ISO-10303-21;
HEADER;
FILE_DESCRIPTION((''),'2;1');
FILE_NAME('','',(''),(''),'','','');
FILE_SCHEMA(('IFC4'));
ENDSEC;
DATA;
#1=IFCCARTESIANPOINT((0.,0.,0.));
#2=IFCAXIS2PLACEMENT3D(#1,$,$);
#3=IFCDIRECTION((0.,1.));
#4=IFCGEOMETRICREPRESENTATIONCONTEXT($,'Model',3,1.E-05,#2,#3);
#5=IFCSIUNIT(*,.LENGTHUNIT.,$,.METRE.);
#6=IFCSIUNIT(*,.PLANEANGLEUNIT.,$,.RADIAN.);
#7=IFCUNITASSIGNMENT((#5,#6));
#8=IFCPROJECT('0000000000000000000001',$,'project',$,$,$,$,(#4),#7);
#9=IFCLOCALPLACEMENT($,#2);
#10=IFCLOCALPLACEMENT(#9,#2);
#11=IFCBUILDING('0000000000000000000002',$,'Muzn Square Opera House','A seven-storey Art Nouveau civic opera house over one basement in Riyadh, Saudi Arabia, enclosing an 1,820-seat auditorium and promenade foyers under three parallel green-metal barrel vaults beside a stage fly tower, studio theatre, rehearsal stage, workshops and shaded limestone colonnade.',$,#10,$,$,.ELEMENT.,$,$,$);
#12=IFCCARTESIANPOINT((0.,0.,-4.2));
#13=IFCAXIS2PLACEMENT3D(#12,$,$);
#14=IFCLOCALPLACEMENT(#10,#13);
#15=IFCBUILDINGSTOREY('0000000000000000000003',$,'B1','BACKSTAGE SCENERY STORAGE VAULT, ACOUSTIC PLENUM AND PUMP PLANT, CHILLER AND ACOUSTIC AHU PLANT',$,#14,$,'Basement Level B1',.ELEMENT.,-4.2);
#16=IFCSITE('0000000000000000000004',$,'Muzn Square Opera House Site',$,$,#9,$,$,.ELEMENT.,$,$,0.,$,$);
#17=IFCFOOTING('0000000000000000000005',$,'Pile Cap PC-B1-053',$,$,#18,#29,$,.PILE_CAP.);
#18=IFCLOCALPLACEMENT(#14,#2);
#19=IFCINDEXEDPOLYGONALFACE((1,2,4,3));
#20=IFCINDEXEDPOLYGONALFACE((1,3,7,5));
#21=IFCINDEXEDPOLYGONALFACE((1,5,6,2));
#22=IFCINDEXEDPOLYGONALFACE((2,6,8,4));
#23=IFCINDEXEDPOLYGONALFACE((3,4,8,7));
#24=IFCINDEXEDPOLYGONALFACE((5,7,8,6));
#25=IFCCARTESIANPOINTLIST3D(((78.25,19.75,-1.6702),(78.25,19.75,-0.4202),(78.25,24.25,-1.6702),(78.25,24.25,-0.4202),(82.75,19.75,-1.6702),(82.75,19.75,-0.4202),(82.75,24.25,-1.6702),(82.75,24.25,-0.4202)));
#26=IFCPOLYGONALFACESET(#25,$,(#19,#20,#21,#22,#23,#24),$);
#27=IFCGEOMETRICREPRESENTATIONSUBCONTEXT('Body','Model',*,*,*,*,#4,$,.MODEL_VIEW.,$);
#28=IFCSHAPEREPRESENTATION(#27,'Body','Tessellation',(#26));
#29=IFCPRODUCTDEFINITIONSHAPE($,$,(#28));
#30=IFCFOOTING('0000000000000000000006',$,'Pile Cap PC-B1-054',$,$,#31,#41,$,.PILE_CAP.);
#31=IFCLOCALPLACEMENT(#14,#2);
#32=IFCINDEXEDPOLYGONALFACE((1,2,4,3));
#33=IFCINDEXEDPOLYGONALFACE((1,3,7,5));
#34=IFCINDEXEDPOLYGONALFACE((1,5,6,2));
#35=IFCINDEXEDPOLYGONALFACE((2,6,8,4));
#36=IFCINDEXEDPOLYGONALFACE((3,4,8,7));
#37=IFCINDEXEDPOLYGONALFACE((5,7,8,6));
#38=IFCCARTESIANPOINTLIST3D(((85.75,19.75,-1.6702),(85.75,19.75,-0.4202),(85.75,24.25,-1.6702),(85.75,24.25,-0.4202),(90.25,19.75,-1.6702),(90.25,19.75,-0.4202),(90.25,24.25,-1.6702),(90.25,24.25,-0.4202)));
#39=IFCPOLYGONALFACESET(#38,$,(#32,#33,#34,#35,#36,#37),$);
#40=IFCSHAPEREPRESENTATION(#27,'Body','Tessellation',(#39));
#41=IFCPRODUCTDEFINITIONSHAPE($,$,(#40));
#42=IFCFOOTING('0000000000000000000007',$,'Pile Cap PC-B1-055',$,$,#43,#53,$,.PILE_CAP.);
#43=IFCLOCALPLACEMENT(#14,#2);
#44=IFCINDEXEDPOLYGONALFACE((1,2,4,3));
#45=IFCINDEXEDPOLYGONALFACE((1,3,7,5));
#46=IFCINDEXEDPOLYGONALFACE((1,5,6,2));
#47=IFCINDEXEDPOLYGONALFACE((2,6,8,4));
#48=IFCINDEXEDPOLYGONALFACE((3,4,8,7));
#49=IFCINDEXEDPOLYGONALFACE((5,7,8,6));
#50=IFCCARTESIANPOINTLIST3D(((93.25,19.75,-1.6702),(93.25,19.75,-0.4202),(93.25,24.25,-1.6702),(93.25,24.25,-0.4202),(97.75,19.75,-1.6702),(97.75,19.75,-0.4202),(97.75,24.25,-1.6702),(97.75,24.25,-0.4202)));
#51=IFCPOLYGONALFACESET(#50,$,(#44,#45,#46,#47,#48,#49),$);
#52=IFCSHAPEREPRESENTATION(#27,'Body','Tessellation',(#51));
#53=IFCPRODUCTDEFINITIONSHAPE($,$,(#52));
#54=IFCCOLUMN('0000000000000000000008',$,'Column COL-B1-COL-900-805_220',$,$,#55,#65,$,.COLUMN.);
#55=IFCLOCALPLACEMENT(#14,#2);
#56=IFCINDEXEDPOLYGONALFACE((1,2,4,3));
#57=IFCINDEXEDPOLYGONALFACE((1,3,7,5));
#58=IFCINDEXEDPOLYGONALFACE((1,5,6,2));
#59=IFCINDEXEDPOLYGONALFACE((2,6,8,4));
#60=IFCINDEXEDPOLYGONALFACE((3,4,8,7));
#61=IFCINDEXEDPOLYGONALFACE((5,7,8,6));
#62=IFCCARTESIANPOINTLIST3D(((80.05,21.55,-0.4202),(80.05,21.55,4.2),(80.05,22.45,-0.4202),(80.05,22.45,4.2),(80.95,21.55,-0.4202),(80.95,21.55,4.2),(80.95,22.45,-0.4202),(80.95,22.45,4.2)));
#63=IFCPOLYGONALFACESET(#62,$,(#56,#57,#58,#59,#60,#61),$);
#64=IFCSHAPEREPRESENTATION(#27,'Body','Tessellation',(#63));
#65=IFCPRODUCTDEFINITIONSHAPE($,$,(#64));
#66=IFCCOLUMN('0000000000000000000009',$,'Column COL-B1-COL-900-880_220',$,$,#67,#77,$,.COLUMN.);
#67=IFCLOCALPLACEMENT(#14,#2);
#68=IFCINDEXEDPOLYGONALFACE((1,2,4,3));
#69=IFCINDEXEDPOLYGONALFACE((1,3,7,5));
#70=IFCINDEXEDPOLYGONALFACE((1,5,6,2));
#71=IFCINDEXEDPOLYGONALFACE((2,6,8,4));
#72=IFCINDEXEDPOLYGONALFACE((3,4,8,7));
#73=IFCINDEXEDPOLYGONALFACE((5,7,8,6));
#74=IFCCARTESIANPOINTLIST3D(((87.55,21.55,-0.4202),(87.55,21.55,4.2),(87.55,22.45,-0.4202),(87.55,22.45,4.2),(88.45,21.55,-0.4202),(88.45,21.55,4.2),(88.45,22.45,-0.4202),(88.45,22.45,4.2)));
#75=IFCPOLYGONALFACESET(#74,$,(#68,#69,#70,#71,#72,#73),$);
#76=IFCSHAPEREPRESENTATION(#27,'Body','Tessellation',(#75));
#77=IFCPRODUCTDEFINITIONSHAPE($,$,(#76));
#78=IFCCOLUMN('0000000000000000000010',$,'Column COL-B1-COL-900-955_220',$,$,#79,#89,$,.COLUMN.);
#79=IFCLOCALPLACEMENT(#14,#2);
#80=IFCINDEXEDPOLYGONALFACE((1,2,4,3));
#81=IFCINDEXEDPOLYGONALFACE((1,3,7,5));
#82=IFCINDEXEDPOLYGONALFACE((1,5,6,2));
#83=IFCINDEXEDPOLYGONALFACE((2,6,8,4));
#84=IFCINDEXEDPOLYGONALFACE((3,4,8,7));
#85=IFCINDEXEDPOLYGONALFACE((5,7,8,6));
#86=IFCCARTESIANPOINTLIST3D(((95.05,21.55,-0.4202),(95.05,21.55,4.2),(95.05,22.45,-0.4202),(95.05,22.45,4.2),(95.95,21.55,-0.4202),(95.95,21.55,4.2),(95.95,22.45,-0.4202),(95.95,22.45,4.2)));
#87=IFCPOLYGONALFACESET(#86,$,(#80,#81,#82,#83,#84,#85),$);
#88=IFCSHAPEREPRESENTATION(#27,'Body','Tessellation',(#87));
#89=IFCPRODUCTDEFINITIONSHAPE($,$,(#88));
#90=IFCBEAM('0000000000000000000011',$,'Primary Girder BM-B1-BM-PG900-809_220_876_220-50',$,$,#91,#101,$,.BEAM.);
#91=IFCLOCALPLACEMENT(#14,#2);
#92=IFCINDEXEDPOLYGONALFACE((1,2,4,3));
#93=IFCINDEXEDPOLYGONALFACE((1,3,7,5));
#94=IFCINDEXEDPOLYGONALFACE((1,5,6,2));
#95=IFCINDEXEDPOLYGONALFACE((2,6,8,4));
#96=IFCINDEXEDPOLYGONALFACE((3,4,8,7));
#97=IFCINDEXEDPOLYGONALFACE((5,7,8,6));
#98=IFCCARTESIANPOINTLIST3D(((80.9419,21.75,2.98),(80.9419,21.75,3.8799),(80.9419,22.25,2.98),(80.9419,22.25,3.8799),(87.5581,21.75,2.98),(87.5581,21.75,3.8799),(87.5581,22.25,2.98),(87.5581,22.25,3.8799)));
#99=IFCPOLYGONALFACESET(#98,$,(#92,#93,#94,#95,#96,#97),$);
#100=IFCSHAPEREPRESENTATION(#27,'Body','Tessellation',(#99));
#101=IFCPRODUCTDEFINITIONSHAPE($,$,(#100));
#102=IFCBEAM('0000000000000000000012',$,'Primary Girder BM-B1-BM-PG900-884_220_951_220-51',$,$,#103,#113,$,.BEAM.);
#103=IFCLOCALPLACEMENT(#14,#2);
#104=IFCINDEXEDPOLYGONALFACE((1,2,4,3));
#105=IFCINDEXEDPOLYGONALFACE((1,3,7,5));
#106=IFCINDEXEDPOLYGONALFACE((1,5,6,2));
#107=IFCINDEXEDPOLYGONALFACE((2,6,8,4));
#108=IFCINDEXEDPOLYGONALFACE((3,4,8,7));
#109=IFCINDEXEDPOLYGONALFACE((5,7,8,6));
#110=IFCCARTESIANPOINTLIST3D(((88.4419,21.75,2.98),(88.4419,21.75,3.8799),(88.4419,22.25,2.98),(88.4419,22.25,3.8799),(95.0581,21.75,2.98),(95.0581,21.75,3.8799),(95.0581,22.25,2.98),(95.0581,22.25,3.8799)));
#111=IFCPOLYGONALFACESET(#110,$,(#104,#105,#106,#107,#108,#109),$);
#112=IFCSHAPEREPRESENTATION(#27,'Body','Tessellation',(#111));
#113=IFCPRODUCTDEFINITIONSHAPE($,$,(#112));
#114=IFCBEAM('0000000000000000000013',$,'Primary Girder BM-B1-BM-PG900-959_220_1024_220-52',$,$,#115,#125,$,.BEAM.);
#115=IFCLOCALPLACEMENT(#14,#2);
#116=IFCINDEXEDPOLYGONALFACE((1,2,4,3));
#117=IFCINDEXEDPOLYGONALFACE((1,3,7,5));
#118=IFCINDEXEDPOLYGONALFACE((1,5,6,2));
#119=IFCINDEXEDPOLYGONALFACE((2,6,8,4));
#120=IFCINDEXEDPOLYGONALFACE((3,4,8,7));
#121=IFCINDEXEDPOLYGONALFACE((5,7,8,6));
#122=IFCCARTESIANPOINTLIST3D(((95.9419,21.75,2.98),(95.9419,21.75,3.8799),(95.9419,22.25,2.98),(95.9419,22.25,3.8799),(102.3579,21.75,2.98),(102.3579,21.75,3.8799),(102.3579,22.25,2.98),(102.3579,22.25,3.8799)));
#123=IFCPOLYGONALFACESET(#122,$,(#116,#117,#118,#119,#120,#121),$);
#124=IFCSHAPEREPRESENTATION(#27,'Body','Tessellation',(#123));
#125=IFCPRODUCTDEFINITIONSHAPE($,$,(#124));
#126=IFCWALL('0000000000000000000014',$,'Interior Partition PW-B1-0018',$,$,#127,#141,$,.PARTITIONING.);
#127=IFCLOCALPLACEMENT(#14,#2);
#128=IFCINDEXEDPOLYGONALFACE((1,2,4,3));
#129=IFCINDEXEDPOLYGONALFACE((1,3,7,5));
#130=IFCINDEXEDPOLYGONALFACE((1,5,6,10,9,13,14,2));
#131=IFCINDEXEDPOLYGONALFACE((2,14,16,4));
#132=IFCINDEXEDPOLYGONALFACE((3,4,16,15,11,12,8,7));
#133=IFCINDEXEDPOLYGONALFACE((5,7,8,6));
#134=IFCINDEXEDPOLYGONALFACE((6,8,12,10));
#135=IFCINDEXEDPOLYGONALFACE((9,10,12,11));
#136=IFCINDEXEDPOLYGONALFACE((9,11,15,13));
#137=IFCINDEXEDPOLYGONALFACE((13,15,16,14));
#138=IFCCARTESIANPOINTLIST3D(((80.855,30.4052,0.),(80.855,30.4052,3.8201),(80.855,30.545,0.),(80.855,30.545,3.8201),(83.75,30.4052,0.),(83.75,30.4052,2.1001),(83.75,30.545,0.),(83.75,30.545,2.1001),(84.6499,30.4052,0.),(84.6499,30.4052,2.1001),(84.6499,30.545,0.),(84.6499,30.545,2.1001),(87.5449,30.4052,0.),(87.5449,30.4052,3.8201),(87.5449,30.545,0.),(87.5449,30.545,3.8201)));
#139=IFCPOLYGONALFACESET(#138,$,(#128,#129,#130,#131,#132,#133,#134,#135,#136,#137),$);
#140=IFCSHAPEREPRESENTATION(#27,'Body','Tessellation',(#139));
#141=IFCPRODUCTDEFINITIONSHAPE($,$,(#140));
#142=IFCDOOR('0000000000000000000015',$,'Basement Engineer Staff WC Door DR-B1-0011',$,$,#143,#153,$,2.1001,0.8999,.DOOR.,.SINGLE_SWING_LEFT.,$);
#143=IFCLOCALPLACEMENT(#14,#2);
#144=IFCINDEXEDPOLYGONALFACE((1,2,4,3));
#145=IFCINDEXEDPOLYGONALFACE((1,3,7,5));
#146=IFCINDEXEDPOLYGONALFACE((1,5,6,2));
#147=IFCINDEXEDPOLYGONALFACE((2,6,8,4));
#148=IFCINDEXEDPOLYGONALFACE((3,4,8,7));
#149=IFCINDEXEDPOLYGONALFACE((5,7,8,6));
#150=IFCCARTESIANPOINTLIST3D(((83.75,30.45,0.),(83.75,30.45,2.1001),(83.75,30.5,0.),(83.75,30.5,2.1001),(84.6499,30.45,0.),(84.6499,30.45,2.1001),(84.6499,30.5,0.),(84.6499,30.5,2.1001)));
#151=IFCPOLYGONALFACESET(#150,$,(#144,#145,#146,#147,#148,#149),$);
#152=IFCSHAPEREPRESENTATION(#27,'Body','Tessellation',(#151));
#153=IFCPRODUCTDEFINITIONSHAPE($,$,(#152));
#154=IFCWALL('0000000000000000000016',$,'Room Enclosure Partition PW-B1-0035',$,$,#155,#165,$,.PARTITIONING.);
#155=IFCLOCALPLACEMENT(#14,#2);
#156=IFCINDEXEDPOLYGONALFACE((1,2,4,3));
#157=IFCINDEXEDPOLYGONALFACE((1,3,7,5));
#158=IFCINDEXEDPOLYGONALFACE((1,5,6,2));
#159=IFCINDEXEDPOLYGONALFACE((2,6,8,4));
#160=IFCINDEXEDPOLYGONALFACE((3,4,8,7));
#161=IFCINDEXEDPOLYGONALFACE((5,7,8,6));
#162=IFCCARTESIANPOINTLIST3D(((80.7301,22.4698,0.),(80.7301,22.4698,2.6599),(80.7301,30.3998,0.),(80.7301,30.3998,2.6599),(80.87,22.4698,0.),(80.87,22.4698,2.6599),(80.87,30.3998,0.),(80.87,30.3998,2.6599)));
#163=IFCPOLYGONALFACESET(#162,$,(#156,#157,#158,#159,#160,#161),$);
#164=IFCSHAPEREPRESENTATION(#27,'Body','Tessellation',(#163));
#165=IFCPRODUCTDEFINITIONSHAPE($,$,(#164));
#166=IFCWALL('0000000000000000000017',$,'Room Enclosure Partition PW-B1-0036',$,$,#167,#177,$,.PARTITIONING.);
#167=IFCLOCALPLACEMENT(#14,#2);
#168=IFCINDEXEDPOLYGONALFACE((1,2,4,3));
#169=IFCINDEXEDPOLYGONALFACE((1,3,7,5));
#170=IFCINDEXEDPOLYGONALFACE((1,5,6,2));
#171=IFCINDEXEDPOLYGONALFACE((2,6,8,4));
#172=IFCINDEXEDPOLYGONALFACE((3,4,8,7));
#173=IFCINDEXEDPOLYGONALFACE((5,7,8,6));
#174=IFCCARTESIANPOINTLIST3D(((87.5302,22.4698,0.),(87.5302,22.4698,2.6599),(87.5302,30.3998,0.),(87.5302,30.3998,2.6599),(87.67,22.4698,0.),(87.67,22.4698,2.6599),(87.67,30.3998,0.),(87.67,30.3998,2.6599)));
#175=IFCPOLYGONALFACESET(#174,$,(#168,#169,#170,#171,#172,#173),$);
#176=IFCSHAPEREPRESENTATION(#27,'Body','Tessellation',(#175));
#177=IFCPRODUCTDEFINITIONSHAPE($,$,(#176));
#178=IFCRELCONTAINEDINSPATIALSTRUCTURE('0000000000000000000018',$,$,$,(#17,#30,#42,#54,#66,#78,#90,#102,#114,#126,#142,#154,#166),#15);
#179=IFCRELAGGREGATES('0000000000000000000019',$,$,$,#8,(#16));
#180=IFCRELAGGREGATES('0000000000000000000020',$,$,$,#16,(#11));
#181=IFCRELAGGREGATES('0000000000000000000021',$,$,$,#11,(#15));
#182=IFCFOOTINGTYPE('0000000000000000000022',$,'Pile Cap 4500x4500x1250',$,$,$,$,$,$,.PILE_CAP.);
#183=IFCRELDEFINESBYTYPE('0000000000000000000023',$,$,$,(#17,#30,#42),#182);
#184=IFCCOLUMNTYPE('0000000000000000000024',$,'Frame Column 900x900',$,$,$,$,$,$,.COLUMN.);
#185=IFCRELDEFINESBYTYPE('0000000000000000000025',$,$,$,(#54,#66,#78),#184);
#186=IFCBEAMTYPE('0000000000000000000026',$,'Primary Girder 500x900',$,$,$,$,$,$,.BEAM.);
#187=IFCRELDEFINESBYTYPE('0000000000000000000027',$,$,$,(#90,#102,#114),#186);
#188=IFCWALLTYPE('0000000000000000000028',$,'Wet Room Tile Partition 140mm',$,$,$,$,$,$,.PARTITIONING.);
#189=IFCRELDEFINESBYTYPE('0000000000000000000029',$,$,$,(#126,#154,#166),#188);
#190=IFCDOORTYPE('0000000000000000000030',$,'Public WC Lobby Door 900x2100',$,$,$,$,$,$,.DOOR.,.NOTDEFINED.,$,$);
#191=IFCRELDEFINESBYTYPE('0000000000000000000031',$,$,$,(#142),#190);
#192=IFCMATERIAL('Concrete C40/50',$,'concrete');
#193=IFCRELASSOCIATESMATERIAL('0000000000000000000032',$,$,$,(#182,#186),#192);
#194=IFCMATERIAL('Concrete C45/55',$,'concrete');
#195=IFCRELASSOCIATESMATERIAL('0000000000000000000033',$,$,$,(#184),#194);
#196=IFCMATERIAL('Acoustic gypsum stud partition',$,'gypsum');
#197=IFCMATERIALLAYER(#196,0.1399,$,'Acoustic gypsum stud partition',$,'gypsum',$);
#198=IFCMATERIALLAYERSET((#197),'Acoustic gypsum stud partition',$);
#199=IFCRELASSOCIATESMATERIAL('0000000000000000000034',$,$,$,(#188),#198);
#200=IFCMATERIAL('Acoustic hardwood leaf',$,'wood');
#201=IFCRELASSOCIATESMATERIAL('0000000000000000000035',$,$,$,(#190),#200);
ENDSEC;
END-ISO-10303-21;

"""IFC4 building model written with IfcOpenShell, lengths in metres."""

from ifc_helpers import new_model, si_unit, direction, frame, frame_2d, origin, origin_2d, place, context, subcontext, project, spatial, rectangle, extrude, material, layer, layer_set, material_profile, profile_set, type_object, element, fill, save


model = new_model("IFC4")

# Units and contexts
model_context = context("Model", 3, precision=1e-05, world=origin(), true_north=direction((0.0, 1.0)))
body_context = subcontext(model_context, "Body", "Model", "MODEL_VIEW")
ifc_project = project(units=[si_unit("LENGTHUNIT", "METRE"), si_unit("PLANEANGLEUNIT", "RADIAN")], contexts=[model_context])

# Site, building, storey
site_placement = place(None, origin())
site = spatial("IfcSite", under=ifc_project, at=site_placement, Name="Muzn Square Opera House Site", CompositionType="ELEMENT", RefElevation=0.0)
building_placement = place(site_placement, origin())
building = spatial("IfcBuilding", under=site, at=building_placement, Name="Muzn Square Opera House", Description="A seven-storey Art Nouveau civic opera house over one basement in Riyadh, Saudi Arabia, enclosing an 1,820-seat auditorium and promenade foyers under three parallel green-metal barrel vaults beside a stage fly tower, studio theatre, rehearsal stage, workshops and shaded limestone colonnade.", CompositionType="ELEMENT")
storey_placement = place(building_placement, frame((0.0, 0.0, -4.2)))
storey = spatial("IfcBuildingStorey", under=building, at=storey_placement, Name="B1", Description="BACKSTAGE SCENERY STORAGE VAULT, ACOUSTIC PLENUM AND PUMP PLANT, CHILLER AND ACOUSTIC AHU PLANT", LongName="Basement Level B1", CompositionType="ELEMENT", Elevation=-4.2)

# Shared definitions
ifc_material_1 = material(Name="Concrete C40/50", Category="concrete")

# Footings
footing_type_1 = type_object("IfcFootingType", Name="Pile Cap 4500x4500x1250", PredefinedType="PILE_CAP", material=ifc_material_1)
for number, where, z_axis, x_axis, name in (
    (1, (80.5, 22.0, -1.6702), (0.0, 0.0, 1.0), (1.0, 0.0, 0.0), "Pile Cap PC-B1-053"),
    (2, (88.0, 22.0, -1.6702), (0.0, 0.0, 1.0), (1.0, 0.0, 0.0), "Pile Cap PC-B1-054"),
    (3, (95.5, 22.0, -1.6702), (0.0, 0.0, 1.0), (1.0, 0.0, 0.0), "Pile Cap PC-B1-055"),
):
    element("IfcFooting", number, at=place(storey_placement, frame(where, z_axis=z_axis, x_axis=x_axis)), inside=storey, type_object=footing_type_1, Name=name, PredefinedType="PILE_CAP", context=body_context, shape_type="SweptSolid", body=[
        extrude(rectangle(XDim=4.5, YDim=4.5, at=origin_2d()), origin(), (0.0, 0.0, 1.0), 1.25),
    ])

# Columns
ifc_material_2 = material(Name="Concrete C45/55", Category="concrete")
ifc_material_profile_1 = material_profile(ifc_material_2, rectangle(XDim=0.8999, YDim=0.8999, at=origin_2d()), Name="RC 900x900", Category="concrete")
ifc_profile_set_1 = profile_set([ifc_material_profile_1], Name="Concrete C45/55")
column_type = type_object("IfcColumnType", Name="Frame Column 900x900", PredefinedType="COLUMN", material=ifc_profile_set_1)
for number, where, z_axis, x_axis, name in (
    (4, (80.5, 22.0, -0.4202), (0.0, 0.0, 1.0), (1.0, 0.0, 0.0), "Column COL-B1-COL-900-805_220"),
    (5, (88.0, 22.0, -0.4202), (0.0, 0.0, 1.0), (1.0, 0.0, 0.0), "Column COL-B1-COL-900-880_220"),
    (6, (95.5, 22.0, -0.4202), (0.0, 0.0, 1.0), (1.0, 0.0, 0.0), "Column COL-B1-COL-900-955_220"),
):
    element("IfcColumn", number, at=place(storey_placement, frame(where, z_axis=z_axis, x_axis=x_axis)), inside=storey, type_object=column_type, Name=name, PredefinedType="COLUMN", context=body_context, shape_type="SweptSolid", body=[
        extrude(rectangle(XDim=0.8999, YDim=0.8999, at=origin_2d()), origin(), (0.0, 0.0, 1.0), 4.6201),
    ])

# Beams
ifc_material_profile_2 = material_profile(ifc_material_1, rectangle(XDim=0.5, YDim=0.8999, at=origin_2d()), Name="RCB 500x900", Category="concrete")
ifc_profile_set_2 = profile_set([ifc_material_profile_2], Name="Concrete C40/50")
beam_type = type_object("IfcBeamType", Name="Primary Girder 500x900", PredefinedType="BEAM", material=ifc_profile_set_2)
for number, where, z_axis, x_axis, name in (
    (7, (80.9419, 22.0, 3.4299), (1.0, 0.0, 0.0), (0.0, 1.0, 0.0), "Primary Girder BM-B1-BM-PG900-809_220_876_220-50"),
    (8, (88.4419, 22.0, 3.4299), (1.0, 0.0, 0.0), (0.0, 1.0, 0.0), "Primary Girder BM-B1-BM-PG900-884_220_951_220-51"),
):
    element("IfcBeam", number, at=place(storey_placement, frame(where, z_axis=z_axis, x_axis=x_axis)), inside=storey, type_object=beam_type, Name=name, PredefinedType="BEAM", context=body_context, shape_type="SweptSolid", body=[
        extrude(rectangle(XDim=0.5, YDim=0.8999, at=origin_2d()), origin(), (0.0, 0.0, 1.0), 6.6162),
    ])
beam_placement = place(storey_placement, frame((95.9419, 22.0, 3.4299), z_axis=(1.0, 0.0, 0.0), x_axis=(0.0, 1.0, 0.0)))
element("IfcBeam", 9, at=beam_placement, inside=storey, type_object=beam_type, Name="Primary Girder BM-B1-BM-PG900-959_220_1024_220-52", PredefinedType="BEAM", context=body_context, shape_type="SweptSolid", body=[
    extrude(rectangle(XDim=0.5, YDim=0.8999, at=origin_2d()), origin(), (0.0, 0.0, 1.0), 6.416),
])

# Wall, opening, door
ifc_material_3 = material(Name="Acoustic gypsum stud partition", Category="gypsum")
ifc_layer = layer(ifc_material_3, 0.1399, Name="Acoustic gypsum stud partition", Category="gypsum")
ifc_layer_set = layer_set([ifc_layer], Name="Acoustic gypsum stud partition")
wall_type = type_object("IfcWallType", Name="Wet Room Tile Partition 140mm", PredefinedType="PARTITIONING", material=ifc_layer_set)
wall_placement = place(storey_placement, frame((80.855, 30.4751, 0.0), z_axis=(0.0, 0.0, 1.0), x_axis=(1.0, 0.0, 0.0)))
wall = element("IfcWall", 10, at=wall_placement, inside=storey, type_object=wall_type, Name="Interior Partition PW-B1-0018", PredefinedType="PARTITIONING", context=body_context, shape_type="SweptSolid", body=[
    extrude(rectangle(XDim=6.6899, YDim=0.1399, at=frame_2d((3.345, 0.0))), origin(), (0.0, 0.0, 1.0), 3.8201),
])
opening_placement = place(wall_placement, frame((2.895, 0.0, 0.0)))
opening = element("IfcOpeningElement", 11, at=opening_placement, cuts=wall, PredefinedType="OPENING", context=body_context, shape_type="SweptSolid", body=[
    extrude(rectangle(XDim=0.8999, YDim=2.1001, at=frame_2d((0.45, 1.05))), frame((0.0, 0.0798, 0.0), z_axis=(0.0, -1.0, 0.0), x_axis=(1.0, 0.0, 0.0)), (0.0, 0.0, 1.0), 0.1599),
])
ifc_material_4 = material(Name="Acoustic hardwood leaf", Category="wood")
door_type = type_object("IfcDoorType", Name="Public WC Lobby Door 900x2100", OperationType="NOTDEFINED", PredefinedType="DOOR", material=ifc_material_4)
door_placement = place(opening_placement, origin())
door = element("IfcDoor", 12, at=door_placement, inside=storey, type_object=door_type, Name="Basement Engineer Staff WC Door DR-B1-0011", OperationType="SINGLE_SWING_LEFT", OverallHeight=2.1001, OverallWidth=0.8999, PredefinedType="DOOR", context=body_context, shape_type="SweptSolid", body=[
    extrude(rectangle(XDim=0.8999, YDim=2.1001, at=frame_2d((0.45, 1.05))), frame((0.0, 0.0249, 0.0), z_axis=(0.0, -1.0, 0.0), x_axis=(1.0, 0.0, 0.0)), (0.0, 0.0, 1.0), 0.05),
])
fill(opening, door)

# Walls
for number, where, z_axis, x_axis, name in (
    (13, (80.8, 22.47, 0.0), (0.0, 0.0, 1.0), (0.0, 1.0, 0.0), "Room Enclosure Partition PW-B1-0035"),
    (14, (87.6001, 22.47, 0.0), (0.0, 0.0, 1.0), (0.0, 1.0, 0.0), "Room Enclosure Partition PW-B1-0036"),
):
    element("IfcWall", number, at=place(storey_placement, frame(where, z_axis=z_axis, x_axis=x_axis)), inside=storey, type_object=wall_type, Name=name, PredefinedType="PARTITIONING", context=body_context, shape_type="SweptSolid", body=[
        extrude(rectangle(XDim=7.9299, YDim=0.1399, at=frame_2d((3.9648, 0.0))), origin(), (0.0, 0.0, 1.0), 2.6599),
    ])

save(model, "model.ifc")
